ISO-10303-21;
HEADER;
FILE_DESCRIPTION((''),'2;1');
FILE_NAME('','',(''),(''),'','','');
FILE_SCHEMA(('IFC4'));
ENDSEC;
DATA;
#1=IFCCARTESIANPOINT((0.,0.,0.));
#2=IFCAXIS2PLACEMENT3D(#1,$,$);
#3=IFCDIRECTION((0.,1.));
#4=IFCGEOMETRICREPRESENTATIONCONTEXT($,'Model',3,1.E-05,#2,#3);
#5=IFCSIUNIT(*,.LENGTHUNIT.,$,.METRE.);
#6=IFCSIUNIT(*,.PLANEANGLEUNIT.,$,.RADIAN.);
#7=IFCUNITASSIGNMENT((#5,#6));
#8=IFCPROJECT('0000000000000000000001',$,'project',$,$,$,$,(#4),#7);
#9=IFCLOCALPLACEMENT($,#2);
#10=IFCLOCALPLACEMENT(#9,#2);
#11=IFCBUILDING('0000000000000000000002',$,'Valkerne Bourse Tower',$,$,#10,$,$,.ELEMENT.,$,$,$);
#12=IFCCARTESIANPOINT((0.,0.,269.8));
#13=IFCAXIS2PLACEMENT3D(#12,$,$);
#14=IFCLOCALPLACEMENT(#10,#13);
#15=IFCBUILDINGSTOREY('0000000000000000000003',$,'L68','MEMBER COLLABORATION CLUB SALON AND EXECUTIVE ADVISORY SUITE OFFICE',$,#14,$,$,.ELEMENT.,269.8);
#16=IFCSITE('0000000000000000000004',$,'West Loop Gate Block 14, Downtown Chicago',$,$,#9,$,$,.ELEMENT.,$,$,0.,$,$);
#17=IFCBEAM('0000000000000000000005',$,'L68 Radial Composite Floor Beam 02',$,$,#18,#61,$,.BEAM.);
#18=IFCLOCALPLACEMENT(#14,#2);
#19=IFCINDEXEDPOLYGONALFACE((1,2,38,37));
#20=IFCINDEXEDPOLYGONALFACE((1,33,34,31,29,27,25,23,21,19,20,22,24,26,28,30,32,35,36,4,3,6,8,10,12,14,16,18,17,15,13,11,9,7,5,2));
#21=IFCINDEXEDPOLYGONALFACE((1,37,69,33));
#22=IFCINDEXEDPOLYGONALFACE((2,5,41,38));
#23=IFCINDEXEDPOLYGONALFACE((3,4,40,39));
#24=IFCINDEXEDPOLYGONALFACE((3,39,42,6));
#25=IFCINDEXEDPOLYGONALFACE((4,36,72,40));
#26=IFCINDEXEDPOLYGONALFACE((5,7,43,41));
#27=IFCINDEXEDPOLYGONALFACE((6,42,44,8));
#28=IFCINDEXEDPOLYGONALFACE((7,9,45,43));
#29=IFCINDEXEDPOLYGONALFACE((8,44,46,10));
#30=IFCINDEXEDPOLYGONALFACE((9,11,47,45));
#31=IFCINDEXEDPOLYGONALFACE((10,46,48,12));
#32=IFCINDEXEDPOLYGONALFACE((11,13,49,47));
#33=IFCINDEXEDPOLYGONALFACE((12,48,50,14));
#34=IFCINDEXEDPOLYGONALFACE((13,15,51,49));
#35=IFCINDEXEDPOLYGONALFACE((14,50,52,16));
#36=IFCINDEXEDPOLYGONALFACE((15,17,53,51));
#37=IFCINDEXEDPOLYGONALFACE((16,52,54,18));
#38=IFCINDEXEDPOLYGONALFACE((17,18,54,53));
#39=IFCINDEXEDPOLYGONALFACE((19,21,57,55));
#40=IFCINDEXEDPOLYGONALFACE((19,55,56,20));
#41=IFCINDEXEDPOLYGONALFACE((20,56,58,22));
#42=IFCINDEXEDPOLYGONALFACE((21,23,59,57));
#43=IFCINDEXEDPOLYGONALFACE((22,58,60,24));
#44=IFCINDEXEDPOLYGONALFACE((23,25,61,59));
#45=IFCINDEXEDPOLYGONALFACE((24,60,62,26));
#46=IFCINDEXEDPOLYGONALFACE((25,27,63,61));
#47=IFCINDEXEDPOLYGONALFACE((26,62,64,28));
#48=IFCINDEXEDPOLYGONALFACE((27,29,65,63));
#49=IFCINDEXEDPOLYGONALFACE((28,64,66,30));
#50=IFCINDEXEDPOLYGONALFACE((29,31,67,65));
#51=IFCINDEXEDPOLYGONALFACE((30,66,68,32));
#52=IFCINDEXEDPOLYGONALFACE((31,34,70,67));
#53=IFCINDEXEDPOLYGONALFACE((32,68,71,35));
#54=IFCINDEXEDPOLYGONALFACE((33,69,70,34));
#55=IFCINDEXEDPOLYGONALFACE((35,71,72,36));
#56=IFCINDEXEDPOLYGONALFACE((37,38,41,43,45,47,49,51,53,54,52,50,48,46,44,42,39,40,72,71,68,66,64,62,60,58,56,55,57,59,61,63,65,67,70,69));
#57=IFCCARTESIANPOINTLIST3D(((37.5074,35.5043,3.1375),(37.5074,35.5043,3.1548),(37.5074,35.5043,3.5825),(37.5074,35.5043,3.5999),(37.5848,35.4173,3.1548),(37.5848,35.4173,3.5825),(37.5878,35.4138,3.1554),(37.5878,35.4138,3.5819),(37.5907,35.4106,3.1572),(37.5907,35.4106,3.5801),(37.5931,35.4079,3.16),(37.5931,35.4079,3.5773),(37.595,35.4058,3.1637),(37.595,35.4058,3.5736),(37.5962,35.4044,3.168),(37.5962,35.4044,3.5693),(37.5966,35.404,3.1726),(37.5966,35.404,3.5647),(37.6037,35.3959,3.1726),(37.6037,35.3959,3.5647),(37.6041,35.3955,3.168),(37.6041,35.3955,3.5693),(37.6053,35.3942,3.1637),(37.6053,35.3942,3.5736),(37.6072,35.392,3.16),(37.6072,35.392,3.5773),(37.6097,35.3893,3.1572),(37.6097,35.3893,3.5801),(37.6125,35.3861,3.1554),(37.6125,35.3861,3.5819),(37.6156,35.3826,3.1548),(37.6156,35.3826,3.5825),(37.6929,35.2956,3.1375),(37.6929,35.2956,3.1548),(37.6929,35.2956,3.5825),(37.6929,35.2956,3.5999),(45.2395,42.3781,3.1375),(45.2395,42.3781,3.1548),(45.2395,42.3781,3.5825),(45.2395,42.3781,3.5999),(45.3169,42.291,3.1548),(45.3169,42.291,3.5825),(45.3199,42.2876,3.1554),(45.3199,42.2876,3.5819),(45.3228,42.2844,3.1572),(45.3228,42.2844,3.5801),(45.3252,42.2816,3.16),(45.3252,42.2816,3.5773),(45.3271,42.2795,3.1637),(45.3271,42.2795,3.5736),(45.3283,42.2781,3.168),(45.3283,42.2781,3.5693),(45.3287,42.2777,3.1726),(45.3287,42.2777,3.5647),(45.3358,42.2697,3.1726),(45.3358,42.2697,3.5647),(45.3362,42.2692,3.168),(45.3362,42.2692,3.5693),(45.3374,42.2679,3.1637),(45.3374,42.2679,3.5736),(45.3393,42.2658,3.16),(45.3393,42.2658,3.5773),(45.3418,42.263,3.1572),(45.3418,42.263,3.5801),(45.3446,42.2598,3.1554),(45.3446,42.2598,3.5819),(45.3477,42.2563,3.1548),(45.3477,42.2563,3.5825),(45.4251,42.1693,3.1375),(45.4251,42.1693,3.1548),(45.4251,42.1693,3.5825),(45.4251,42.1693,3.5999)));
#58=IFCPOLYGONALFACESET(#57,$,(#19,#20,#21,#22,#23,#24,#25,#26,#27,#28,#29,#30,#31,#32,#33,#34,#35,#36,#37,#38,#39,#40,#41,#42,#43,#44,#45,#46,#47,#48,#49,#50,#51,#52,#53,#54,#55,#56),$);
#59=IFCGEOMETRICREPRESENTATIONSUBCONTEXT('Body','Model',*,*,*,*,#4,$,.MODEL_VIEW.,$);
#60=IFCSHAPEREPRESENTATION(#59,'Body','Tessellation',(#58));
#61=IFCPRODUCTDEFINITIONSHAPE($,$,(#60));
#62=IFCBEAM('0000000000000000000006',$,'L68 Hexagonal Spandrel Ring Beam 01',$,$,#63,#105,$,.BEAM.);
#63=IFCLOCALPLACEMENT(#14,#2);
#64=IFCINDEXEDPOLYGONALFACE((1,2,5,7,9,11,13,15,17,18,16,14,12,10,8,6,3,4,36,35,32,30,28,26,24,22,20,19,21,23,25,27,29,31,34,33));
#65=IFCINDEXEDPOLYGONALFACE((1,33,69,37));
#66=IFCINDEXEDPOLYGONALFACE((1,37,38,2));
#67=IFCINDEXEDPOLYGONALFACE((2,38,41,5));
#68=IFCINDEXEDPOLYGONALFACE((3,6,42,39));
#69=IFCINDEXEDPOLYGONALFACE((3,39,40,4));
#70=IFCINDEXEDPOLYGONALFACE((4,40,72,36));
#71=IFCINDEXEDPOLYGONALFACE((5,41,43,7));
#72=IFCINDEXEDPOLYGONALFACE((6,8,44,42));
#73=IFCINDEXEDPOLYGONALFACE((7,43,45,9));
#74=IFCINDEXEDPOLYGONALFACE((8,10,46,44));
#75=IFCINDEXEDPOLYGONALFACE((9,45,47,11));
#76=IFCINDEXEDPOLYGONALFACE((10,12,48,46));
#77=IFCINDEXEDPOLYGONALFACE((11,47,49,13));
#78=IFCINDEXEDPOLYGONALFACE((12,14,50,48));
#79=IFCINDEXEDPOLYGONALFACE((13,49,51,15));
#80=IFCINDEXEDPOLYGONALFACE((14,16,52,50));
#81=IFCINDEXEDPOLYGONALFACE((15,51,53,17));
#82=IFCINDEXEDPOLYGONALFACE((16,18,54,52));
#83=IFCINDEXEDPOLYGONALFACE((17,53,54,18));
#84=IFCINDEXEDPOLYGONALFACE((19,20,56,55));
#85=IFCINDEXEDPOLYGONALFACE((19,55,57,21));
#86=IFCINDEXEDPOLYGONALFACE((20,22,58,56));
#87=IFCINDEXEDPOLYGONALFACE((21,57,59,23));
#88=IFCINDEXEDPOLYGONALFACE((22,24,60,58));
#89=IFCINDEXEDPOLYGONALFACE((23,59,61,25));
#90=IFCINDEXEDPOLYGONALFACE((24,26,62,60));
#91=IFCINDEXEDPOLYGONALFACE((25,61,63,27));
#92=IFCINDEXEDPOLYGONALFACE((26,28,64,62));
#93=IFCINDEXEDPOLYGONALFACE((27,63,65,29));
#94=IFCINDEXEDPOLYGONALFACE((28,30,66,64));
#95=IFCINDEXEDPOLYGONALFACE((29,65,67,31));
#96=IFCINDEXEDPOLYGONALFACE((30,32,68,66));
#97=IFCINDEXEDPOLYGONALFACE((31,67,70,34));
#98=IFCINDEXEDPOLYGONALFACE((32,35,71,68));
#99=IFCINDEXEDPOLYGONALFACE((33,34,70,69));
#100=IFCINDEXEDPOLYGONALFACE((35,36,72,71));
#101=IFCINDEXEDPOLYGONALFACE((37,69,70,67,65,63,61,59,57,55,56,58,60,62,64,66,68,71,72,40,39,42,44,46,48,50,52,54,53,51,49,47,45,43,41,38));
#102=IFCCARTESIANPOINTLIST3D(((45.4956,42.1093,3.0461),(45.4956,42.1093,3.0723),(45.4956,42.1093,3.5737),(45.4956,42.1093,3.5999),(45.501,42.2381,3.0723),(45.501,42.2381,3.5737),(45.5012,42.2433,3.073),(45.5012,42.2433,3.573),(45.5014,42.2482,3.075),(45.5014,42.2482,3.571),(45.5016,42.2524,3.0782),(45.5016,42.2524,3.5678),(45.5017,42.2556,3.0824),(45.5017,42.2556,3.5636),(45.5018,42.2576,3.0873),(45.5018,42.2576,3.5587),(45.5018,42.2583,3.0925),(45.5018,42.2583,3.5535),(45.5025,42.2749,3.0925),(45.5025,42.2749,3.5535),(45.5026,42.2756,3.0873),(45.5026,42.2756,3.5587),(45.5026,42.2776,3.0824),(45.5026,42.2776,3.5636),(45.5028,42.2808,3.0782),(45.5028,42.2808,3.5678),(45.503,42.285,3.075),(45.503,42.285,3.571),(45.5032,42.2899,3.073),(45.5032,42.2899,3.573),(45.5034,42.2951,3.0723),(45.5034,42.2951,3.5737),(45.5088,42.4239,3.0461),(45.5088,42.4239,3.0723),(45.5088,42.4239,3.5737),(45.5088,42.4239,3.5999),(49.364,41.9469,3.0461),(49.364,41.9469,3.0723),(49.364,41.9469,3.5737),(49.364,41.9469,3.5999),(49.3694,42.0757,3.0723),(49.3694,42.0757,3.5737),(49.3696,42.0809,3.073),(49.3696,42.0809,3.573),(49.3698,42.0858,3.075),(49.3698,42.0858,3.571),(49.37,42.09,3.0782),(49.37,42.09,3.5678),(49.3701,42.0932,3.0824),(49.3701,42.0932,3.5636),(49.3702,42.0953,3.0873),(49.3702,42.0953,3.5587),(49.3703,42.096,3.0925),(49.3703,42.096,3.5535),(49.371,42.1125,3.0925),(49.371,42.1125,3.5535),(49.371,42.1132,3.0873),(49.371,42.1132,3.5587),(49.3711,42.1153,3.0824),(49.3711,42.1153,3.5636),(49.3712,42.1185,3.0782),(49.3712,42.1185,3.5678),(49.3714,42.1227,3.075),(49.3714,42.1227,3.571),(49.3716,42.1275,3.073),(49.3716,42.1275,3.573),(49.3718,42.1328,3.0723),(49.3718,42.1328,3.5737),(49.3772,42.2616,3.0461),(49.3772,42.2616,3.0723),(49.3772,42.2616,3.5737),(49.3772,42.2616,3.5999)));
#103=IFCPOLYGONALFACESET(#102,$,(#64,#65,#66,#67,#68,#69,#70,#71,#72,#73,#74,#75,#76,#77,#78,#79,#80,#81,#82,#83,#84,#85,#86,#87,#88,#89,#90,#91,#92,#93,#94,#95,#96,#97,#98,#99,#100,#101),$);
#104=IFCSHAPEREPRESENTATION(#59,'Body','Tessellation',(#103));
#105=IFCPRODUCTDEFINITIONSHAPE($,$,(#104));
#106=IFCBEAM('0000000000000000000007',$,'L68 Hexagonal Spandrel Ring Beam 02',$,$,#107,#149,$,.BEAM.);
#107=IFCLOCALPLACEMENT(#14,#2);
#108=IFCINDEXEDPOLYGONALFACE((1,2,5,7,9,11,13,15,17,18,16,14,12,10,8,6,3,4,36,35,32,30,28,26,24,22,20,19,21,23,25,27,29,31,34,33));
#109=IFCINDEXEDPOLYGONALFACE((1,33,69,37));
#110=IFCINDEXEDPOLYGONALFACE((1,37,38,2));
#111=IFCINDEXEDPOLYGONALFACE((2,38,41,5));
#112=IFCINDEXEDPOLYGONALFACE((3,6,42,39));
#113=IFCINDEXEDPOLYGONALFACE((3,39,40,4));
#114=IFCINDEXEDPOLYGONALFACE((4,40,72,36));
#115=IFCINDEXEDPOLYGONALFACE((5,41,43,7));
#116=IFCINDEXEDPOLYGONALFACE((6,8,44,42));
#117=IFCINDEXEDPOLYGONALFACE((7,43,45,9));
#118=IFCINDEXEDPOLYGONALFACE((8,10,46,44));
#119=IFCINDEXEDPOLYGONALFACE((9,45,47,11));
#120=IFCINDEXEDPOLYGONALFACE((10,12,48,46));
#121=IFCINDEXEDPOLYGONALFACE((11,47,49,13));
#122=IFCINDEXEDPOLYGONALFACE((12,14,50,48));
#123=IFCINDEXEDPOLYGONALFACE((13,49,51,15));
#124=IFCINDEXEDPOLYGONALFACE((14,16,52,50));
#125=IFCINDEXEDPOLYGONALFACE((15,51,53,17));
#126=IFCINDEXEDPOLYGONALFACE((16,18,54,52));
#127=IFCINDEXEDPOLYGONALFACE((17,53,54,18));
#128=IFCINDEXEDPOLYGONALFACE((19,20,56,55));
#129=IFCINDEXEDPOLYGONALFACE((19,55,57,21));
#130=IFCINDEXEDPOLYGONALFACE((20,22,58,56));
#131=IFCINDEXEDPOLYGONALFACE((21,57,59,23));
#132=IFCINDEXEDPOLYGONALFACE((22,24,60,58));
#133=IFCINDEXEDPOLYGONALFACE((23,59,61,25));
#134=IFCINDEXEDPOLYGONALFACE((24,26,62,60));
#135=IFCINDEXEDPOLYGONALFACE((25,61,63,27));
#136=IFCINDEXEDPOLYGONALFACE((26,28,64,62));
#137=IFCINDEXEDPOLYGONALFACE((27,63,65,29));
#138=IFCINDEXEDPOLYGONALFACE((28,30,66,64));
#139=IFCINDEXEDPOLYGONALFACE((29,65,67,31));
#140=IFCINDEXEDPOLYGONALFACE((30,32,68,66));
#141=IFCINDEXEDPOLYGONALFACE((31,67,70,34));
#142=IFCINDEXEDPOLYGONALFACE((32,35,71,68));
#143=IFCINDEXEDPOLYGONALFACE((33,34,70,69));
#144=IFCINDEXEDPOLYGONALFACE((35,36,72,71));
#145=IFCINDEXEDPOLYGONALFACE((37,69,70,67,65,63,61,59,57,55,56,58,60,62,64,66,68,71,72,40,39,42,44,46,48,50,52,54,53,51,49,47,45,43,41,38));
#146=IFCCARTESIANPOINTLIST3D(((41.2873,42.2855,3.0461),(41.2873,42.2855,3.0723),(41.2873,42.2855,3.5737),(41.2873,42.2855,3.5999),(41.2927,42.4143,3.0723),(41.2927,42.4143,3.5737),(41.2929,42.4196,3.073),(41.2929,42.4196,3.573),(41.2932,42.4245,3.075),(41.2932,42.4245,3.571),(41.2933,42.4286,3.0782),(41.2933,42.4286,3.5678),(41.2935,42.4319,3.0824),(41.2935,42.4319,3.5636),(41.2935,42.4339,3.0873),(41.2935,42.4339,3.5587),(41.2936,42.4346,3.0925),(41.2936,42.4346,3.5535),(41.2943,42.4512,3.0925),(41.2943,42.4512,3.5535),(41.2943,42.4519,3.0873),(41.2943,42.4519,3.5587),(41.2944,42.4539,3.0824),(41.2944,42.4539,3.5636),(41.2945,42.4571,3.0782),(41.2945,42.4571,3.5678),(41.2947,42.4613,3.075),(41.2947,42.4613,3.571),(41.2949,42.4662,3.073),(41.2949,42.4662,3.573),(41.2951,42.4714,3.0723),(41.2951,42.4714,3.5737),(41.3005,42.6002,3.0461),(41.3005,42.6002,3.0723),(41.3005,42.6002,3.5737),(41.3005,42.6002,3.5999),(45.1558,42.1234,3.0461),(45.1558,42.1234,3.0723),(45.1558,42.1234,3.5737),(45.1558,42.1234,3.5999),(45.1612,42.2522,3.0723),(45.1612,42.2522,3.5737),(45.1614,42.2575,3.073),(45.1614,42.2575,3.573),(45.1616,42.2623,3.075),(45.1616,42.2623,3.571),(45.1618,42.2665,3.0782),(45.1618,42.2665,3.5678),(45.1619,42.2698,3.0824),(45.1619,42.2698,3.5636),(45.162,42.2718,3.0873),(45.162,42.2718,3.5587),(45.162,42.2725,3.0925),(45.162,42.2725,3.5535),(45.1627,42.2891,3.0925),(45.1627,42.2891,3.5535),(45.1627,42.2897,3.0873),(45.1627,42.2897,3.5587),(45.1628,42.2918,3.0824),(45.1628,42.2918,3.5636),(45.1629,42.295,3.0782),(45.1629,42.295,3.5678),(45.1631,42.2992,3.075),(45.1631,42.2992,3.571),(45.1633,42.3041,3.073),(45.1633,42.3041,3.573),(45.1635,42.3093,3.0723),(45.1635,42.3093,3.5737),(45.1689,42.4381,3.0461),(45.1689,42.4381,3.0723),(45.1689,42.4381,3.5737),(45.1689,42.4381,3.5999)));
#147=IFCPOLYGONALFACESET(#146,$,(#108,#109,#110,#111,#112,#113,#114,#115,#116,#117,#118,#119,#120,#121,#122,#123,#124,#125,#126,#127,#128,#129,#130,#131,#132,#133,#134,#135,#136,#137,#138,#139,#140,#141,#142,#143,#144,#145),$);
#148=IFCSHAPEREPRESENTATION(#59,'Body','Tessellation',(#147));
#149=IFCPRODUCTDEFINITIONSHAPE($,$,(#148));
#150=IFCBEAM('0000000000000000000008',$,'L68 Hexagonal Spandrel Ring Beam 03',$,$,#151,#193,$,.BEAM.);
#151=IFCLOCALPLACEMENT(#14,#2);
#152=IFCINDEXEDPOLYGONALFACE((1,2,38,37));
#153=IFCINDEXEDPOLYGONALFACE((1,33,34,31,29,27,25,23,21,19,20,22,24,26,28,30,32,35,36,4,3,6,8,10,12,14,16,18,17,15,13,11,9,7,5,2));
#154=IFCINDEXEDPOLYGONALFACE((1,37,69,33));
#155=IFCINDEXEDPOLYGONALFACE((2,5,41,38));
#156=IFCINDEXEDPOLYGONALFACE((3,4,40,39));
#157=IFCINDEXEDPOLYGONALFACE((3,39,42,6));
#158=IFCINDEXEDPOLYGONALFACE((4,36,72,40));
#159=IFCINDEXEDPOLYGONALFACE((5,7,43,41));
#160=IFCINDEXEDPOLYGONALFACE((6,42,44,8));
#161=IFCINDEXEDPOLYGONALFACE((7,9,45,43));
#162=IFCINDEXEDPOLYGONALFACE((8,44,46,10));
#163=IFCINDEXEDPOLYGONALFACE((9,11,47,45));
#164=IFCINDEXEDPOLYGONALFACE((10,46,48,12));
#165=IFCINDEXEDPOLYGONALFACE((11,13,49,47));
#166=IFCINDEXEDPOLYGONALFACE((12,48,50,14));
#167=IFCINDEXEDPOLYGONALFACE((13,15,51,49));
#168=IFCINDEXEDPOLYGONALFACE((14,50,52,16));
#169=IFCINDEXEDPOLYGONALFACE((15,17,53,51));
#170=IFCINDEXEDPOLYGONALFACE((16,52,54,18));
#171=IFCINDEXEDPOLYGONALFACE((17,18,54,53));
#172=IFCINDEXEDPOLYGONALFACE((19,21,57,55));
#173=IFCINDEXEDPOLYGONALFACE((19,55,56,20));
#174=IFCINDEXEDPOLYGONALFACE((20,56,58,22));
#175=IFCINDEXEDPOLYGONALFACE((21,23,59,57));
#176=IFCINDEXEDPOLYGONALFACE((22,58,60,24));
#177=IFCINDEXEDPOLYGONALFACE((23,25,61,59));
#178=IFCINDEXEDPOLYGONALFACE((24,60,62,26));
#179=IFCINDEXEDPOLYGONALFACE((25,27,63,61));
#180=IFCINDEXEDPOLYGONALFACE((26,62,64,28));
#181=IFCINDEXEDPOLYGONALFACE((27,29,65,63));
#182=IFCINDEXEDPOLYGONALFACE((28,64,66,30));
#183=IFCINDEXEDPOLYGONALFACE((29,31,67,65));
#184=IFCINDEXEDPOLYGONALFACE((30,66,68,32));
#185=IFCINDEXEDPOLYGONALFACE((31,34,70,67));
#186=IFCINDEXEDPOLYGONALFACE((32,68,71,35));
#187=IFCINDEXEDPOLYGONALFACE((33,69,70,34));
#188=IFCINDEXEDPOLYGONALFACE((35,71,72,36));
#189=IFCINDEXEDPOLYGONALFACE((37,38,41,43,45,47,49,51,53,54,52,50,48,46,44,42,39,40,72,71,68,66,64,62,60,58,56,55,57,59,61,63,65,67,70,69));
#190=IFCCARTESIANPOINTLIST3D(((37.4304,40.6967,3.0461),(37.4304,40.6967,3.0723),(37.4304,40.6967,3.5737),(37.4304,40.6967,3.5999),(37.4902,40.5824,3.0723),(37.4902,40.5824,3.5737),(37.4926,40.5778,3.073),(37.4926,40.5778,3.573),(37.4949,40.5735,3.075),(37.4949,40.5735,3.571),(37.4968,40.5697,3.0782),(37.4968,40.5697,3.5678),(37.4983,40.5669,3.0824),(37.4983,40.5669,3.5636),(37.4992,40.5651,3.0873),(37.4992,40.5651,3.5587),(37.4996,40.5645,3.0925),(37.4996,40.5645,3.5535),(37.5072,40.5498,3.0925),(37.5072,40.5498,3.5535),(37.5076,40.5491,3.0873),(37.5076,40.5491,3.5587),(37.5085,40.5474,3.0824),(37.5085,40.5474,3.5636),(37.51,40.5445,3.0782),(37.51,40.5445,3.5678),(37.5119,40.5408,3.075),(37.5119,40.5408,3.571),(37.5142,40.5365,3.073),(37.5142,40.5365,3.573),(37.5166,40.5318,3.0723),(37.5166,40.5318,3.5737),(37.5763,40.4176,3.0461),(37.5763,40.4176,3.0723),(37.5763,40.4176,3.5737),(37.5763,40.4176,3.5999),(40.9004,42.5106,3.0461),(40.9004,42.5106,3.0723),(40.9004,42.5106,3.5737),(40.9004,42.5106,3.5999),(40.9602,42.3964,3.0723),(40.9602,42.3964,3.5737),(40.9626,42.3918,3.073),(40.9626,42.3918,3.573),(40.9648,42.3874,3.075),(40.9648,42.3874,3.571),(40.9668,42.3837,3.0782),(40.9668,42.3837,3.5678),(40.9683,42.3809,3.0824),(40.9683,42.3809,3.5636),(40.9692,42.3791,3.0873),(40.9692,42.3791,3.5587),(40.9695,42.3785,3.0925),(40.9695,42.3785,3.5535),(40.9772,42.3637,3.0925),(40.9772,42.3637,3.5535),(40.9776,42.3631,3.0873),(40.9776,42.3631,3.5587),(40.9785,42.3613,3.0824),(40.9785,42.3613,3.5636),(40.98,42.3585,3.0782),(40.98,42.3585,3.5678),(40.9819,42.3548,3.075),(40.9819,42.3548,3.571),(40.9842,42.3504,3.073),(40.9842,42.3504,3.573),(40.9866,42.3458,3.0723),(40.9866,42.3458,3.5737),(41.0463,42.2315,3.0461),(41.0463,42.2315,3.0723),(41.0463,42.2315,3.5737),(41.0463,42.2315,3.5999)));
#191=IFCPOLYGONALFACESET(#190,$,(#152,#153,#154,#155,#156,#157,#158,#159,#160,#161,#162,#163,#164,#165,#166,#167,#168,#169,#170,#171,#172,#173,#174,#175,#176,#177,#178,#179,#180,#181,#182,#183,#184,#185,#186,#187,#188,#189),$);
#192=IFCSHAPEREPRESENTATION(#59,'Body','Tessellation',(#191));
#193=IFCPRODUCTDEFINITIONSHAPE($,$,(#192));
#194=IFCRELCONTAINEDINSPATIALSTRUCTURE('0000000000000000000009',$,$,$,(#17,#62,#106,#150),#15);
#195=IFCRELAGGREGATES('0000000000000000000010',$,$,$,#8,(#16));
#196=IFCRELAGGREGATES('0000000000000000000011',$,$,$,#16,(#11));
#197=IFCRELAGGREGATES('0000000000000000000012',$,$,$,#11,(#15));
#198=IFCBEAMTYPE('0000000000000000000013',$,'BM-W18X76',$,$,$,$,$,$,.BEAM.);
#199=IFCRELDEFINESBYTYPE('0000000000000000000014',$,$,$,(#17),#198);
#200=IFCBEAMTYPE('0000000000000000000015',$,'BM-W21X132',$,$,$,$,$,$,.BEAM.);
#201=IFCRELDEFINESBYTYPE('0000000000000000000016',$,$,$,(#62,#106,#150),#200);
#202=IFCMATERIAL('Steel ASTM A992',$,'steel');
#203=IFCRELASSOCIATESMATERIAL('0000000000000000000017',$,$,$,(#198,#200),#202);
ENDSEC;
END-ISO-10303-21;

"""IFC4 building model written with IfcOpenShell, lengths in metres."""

from ifc_helpers import new_model, si_unit, direction, frame, origin, origin_2d, place, context, subcontext, project, spatial, i_section, extrude, material, material_profile, profile_set, type_object, element, save


model = new_model("IFC4")

# Units and contexts
model_context = context("Model", 3, precision=1e-05, world=origin(), true_north=direction((0.0, 1.0)))
body_context = subcontext(model_context, "Body", "Model", "MODEL_VIEW")
ifc_project = project(units=[si_unit("LENGTHUNIT", "METRE"), si_unit("PLANEANGLEUNIT", "RADIAN")], contexts=[model_context])

# Site, building, storey
site_placement = place(None, origin())
site = spatial("IfcSite", under=ifc_project, at=site_placement, Name="West Loop Gate Block 14, Downtown Chicago", CompositionType="ELEMENT", RefElevation=0.0)
building_placement = place(site_placement, origin())
building = spatial("IfcBuilding", under=site, at=building_placement, Name="Valkerne Bourse Tower", CompositionType="ELEMENT")
storey_placement = place(building_placement, frame((0.0, 0.0, 269.8)))
storey = spatial("IfcBuildingStorey", under=building, at=storey_placement, Name="L68", Description="MEMBER COLLABORATION CLUB SALON AND EXECUTIVE ADVISORY SUITE OFFICE", CompositionType="ELEMENT", Elevation=269.8)

# Beams
ifc_material_1 = material(Name="Steel ASTM A992", Category="steel")
ifc_material_profile_1 = material_profile(ifc_material_1, i_section(OverallWidth=0.2793, OverallDepth=0.4624, WebThickness=0.0107, FlangeThickness=0.0173, FilletRadius=0.0178, at=origin_2d()), Name="W18X76")
ifc_profile_set_1 = profile_set([ifc_material_profile_1], Name="Steel ASTM A992")
beam_type_1 = type_object("IfcBeamType", Name="BM-W18X76", PredefinedType="BEAM", material=ifc_profile_set_1)
beam_1_placement = place(storey_placement, frame((45.3323, 42.2737, 3.3687), z_axis=(-0.747374, -0.664403, 0.0), x_axis=(0.664403, -0.747374, 0.0)))
element("IfcBeam", 1, at=beam_1_placement, inside=storey, type_object=beam_type_1, Name="L68 Radial Composite Floor Beam 02", PredefinedType="BEAM", context=body_context, shape_type="SweptSolid", body=[
    extrude(i_section(OverallWidth=0.2793, OverallDepth=0.4624, WebThickness=0.0107, FlangeThickness=0.0173, FilletRadius=0.0178, at=origin_2d()), origin(), (0.0, 0.0, 1.0), 10.3457),
])
ifc_material_profile_2 = material_profile(ifc_material_1, i_section(OverallWidth=0.3149, OverallDepth=0.5537, WebThickness=0.0166, FlangeThickness=0.0261, FilletRadius=0.0203, at=origin_2d()), Name="W21X132")
ifc_profile_set_2 = profile_set([ifc_material_profile_2], Name="Steel ASTM A992")
beam_type_2 = type_object("IfcBeamType", Name="BM-W21X132", PredefinedType="BEAM", material=ifc_profile_set_2)
for number, where, z_axis, x_axis, name in (
    (2, (49.3706, 42.1042, 3.323), (-0.99912, 0.041932, 0.0), (-0.041932, -0.99912, 0.0), "L68 Hexagonal Spandrel Ring Beam 01"),
    (3, (45.1624, 42.2808, 3.323), (-0.999123, 0.041869, 0.0), (-0.041869, -0.999123, 0.0), "L68 Hexagonal Spandrel Ring Beam 02"),
):
    element("IfcBeam", number, at=place(storey_placement, frame(where, z_axis=z_axis, x_axis=x_axis)), inside=storey, type_object=beam_type_2, Name=name, PredefinedType="BEAM", context=body_context, shape_type="SweptSolid", body=[
        extrude(i_section(OverallWidth=0.3149, OverallDepth=0.5537, WebThickness=0.0166, FlangeThickness=0.0261, FilletRadius=0.0203, at=origin_2d()), origin(), (0.0, 0.0, 1.0), 3.8718),
    ])
beam_2_placement = place(storey_placement, frame((40.9734, 42.3711, 3.323), z_axis=(-0.886213, -0.463278, 0.0), x_axis=(0.463278, -0.886213, 0.0)))
element("IfcBeam", 4, at=beam_2_placement, inside=storey, type_object=beam_type_2, Name="L68 Hexagonal Spandrel Ring Beam 03", PredefinedType="BEAM", context=body_context, shape_type="SweptSolid", body=[
    extrude(i_section(OverallWidth=0.3149, OverallDepth=0.5537, WebThickness=0.0166, FlangeThickness=0.0261, FilletRadius=0.0203, at=origin_2d()), origin(), (0.0, 0.0, 1.0), 3.9155),
])

save(model, "model.ifc")
